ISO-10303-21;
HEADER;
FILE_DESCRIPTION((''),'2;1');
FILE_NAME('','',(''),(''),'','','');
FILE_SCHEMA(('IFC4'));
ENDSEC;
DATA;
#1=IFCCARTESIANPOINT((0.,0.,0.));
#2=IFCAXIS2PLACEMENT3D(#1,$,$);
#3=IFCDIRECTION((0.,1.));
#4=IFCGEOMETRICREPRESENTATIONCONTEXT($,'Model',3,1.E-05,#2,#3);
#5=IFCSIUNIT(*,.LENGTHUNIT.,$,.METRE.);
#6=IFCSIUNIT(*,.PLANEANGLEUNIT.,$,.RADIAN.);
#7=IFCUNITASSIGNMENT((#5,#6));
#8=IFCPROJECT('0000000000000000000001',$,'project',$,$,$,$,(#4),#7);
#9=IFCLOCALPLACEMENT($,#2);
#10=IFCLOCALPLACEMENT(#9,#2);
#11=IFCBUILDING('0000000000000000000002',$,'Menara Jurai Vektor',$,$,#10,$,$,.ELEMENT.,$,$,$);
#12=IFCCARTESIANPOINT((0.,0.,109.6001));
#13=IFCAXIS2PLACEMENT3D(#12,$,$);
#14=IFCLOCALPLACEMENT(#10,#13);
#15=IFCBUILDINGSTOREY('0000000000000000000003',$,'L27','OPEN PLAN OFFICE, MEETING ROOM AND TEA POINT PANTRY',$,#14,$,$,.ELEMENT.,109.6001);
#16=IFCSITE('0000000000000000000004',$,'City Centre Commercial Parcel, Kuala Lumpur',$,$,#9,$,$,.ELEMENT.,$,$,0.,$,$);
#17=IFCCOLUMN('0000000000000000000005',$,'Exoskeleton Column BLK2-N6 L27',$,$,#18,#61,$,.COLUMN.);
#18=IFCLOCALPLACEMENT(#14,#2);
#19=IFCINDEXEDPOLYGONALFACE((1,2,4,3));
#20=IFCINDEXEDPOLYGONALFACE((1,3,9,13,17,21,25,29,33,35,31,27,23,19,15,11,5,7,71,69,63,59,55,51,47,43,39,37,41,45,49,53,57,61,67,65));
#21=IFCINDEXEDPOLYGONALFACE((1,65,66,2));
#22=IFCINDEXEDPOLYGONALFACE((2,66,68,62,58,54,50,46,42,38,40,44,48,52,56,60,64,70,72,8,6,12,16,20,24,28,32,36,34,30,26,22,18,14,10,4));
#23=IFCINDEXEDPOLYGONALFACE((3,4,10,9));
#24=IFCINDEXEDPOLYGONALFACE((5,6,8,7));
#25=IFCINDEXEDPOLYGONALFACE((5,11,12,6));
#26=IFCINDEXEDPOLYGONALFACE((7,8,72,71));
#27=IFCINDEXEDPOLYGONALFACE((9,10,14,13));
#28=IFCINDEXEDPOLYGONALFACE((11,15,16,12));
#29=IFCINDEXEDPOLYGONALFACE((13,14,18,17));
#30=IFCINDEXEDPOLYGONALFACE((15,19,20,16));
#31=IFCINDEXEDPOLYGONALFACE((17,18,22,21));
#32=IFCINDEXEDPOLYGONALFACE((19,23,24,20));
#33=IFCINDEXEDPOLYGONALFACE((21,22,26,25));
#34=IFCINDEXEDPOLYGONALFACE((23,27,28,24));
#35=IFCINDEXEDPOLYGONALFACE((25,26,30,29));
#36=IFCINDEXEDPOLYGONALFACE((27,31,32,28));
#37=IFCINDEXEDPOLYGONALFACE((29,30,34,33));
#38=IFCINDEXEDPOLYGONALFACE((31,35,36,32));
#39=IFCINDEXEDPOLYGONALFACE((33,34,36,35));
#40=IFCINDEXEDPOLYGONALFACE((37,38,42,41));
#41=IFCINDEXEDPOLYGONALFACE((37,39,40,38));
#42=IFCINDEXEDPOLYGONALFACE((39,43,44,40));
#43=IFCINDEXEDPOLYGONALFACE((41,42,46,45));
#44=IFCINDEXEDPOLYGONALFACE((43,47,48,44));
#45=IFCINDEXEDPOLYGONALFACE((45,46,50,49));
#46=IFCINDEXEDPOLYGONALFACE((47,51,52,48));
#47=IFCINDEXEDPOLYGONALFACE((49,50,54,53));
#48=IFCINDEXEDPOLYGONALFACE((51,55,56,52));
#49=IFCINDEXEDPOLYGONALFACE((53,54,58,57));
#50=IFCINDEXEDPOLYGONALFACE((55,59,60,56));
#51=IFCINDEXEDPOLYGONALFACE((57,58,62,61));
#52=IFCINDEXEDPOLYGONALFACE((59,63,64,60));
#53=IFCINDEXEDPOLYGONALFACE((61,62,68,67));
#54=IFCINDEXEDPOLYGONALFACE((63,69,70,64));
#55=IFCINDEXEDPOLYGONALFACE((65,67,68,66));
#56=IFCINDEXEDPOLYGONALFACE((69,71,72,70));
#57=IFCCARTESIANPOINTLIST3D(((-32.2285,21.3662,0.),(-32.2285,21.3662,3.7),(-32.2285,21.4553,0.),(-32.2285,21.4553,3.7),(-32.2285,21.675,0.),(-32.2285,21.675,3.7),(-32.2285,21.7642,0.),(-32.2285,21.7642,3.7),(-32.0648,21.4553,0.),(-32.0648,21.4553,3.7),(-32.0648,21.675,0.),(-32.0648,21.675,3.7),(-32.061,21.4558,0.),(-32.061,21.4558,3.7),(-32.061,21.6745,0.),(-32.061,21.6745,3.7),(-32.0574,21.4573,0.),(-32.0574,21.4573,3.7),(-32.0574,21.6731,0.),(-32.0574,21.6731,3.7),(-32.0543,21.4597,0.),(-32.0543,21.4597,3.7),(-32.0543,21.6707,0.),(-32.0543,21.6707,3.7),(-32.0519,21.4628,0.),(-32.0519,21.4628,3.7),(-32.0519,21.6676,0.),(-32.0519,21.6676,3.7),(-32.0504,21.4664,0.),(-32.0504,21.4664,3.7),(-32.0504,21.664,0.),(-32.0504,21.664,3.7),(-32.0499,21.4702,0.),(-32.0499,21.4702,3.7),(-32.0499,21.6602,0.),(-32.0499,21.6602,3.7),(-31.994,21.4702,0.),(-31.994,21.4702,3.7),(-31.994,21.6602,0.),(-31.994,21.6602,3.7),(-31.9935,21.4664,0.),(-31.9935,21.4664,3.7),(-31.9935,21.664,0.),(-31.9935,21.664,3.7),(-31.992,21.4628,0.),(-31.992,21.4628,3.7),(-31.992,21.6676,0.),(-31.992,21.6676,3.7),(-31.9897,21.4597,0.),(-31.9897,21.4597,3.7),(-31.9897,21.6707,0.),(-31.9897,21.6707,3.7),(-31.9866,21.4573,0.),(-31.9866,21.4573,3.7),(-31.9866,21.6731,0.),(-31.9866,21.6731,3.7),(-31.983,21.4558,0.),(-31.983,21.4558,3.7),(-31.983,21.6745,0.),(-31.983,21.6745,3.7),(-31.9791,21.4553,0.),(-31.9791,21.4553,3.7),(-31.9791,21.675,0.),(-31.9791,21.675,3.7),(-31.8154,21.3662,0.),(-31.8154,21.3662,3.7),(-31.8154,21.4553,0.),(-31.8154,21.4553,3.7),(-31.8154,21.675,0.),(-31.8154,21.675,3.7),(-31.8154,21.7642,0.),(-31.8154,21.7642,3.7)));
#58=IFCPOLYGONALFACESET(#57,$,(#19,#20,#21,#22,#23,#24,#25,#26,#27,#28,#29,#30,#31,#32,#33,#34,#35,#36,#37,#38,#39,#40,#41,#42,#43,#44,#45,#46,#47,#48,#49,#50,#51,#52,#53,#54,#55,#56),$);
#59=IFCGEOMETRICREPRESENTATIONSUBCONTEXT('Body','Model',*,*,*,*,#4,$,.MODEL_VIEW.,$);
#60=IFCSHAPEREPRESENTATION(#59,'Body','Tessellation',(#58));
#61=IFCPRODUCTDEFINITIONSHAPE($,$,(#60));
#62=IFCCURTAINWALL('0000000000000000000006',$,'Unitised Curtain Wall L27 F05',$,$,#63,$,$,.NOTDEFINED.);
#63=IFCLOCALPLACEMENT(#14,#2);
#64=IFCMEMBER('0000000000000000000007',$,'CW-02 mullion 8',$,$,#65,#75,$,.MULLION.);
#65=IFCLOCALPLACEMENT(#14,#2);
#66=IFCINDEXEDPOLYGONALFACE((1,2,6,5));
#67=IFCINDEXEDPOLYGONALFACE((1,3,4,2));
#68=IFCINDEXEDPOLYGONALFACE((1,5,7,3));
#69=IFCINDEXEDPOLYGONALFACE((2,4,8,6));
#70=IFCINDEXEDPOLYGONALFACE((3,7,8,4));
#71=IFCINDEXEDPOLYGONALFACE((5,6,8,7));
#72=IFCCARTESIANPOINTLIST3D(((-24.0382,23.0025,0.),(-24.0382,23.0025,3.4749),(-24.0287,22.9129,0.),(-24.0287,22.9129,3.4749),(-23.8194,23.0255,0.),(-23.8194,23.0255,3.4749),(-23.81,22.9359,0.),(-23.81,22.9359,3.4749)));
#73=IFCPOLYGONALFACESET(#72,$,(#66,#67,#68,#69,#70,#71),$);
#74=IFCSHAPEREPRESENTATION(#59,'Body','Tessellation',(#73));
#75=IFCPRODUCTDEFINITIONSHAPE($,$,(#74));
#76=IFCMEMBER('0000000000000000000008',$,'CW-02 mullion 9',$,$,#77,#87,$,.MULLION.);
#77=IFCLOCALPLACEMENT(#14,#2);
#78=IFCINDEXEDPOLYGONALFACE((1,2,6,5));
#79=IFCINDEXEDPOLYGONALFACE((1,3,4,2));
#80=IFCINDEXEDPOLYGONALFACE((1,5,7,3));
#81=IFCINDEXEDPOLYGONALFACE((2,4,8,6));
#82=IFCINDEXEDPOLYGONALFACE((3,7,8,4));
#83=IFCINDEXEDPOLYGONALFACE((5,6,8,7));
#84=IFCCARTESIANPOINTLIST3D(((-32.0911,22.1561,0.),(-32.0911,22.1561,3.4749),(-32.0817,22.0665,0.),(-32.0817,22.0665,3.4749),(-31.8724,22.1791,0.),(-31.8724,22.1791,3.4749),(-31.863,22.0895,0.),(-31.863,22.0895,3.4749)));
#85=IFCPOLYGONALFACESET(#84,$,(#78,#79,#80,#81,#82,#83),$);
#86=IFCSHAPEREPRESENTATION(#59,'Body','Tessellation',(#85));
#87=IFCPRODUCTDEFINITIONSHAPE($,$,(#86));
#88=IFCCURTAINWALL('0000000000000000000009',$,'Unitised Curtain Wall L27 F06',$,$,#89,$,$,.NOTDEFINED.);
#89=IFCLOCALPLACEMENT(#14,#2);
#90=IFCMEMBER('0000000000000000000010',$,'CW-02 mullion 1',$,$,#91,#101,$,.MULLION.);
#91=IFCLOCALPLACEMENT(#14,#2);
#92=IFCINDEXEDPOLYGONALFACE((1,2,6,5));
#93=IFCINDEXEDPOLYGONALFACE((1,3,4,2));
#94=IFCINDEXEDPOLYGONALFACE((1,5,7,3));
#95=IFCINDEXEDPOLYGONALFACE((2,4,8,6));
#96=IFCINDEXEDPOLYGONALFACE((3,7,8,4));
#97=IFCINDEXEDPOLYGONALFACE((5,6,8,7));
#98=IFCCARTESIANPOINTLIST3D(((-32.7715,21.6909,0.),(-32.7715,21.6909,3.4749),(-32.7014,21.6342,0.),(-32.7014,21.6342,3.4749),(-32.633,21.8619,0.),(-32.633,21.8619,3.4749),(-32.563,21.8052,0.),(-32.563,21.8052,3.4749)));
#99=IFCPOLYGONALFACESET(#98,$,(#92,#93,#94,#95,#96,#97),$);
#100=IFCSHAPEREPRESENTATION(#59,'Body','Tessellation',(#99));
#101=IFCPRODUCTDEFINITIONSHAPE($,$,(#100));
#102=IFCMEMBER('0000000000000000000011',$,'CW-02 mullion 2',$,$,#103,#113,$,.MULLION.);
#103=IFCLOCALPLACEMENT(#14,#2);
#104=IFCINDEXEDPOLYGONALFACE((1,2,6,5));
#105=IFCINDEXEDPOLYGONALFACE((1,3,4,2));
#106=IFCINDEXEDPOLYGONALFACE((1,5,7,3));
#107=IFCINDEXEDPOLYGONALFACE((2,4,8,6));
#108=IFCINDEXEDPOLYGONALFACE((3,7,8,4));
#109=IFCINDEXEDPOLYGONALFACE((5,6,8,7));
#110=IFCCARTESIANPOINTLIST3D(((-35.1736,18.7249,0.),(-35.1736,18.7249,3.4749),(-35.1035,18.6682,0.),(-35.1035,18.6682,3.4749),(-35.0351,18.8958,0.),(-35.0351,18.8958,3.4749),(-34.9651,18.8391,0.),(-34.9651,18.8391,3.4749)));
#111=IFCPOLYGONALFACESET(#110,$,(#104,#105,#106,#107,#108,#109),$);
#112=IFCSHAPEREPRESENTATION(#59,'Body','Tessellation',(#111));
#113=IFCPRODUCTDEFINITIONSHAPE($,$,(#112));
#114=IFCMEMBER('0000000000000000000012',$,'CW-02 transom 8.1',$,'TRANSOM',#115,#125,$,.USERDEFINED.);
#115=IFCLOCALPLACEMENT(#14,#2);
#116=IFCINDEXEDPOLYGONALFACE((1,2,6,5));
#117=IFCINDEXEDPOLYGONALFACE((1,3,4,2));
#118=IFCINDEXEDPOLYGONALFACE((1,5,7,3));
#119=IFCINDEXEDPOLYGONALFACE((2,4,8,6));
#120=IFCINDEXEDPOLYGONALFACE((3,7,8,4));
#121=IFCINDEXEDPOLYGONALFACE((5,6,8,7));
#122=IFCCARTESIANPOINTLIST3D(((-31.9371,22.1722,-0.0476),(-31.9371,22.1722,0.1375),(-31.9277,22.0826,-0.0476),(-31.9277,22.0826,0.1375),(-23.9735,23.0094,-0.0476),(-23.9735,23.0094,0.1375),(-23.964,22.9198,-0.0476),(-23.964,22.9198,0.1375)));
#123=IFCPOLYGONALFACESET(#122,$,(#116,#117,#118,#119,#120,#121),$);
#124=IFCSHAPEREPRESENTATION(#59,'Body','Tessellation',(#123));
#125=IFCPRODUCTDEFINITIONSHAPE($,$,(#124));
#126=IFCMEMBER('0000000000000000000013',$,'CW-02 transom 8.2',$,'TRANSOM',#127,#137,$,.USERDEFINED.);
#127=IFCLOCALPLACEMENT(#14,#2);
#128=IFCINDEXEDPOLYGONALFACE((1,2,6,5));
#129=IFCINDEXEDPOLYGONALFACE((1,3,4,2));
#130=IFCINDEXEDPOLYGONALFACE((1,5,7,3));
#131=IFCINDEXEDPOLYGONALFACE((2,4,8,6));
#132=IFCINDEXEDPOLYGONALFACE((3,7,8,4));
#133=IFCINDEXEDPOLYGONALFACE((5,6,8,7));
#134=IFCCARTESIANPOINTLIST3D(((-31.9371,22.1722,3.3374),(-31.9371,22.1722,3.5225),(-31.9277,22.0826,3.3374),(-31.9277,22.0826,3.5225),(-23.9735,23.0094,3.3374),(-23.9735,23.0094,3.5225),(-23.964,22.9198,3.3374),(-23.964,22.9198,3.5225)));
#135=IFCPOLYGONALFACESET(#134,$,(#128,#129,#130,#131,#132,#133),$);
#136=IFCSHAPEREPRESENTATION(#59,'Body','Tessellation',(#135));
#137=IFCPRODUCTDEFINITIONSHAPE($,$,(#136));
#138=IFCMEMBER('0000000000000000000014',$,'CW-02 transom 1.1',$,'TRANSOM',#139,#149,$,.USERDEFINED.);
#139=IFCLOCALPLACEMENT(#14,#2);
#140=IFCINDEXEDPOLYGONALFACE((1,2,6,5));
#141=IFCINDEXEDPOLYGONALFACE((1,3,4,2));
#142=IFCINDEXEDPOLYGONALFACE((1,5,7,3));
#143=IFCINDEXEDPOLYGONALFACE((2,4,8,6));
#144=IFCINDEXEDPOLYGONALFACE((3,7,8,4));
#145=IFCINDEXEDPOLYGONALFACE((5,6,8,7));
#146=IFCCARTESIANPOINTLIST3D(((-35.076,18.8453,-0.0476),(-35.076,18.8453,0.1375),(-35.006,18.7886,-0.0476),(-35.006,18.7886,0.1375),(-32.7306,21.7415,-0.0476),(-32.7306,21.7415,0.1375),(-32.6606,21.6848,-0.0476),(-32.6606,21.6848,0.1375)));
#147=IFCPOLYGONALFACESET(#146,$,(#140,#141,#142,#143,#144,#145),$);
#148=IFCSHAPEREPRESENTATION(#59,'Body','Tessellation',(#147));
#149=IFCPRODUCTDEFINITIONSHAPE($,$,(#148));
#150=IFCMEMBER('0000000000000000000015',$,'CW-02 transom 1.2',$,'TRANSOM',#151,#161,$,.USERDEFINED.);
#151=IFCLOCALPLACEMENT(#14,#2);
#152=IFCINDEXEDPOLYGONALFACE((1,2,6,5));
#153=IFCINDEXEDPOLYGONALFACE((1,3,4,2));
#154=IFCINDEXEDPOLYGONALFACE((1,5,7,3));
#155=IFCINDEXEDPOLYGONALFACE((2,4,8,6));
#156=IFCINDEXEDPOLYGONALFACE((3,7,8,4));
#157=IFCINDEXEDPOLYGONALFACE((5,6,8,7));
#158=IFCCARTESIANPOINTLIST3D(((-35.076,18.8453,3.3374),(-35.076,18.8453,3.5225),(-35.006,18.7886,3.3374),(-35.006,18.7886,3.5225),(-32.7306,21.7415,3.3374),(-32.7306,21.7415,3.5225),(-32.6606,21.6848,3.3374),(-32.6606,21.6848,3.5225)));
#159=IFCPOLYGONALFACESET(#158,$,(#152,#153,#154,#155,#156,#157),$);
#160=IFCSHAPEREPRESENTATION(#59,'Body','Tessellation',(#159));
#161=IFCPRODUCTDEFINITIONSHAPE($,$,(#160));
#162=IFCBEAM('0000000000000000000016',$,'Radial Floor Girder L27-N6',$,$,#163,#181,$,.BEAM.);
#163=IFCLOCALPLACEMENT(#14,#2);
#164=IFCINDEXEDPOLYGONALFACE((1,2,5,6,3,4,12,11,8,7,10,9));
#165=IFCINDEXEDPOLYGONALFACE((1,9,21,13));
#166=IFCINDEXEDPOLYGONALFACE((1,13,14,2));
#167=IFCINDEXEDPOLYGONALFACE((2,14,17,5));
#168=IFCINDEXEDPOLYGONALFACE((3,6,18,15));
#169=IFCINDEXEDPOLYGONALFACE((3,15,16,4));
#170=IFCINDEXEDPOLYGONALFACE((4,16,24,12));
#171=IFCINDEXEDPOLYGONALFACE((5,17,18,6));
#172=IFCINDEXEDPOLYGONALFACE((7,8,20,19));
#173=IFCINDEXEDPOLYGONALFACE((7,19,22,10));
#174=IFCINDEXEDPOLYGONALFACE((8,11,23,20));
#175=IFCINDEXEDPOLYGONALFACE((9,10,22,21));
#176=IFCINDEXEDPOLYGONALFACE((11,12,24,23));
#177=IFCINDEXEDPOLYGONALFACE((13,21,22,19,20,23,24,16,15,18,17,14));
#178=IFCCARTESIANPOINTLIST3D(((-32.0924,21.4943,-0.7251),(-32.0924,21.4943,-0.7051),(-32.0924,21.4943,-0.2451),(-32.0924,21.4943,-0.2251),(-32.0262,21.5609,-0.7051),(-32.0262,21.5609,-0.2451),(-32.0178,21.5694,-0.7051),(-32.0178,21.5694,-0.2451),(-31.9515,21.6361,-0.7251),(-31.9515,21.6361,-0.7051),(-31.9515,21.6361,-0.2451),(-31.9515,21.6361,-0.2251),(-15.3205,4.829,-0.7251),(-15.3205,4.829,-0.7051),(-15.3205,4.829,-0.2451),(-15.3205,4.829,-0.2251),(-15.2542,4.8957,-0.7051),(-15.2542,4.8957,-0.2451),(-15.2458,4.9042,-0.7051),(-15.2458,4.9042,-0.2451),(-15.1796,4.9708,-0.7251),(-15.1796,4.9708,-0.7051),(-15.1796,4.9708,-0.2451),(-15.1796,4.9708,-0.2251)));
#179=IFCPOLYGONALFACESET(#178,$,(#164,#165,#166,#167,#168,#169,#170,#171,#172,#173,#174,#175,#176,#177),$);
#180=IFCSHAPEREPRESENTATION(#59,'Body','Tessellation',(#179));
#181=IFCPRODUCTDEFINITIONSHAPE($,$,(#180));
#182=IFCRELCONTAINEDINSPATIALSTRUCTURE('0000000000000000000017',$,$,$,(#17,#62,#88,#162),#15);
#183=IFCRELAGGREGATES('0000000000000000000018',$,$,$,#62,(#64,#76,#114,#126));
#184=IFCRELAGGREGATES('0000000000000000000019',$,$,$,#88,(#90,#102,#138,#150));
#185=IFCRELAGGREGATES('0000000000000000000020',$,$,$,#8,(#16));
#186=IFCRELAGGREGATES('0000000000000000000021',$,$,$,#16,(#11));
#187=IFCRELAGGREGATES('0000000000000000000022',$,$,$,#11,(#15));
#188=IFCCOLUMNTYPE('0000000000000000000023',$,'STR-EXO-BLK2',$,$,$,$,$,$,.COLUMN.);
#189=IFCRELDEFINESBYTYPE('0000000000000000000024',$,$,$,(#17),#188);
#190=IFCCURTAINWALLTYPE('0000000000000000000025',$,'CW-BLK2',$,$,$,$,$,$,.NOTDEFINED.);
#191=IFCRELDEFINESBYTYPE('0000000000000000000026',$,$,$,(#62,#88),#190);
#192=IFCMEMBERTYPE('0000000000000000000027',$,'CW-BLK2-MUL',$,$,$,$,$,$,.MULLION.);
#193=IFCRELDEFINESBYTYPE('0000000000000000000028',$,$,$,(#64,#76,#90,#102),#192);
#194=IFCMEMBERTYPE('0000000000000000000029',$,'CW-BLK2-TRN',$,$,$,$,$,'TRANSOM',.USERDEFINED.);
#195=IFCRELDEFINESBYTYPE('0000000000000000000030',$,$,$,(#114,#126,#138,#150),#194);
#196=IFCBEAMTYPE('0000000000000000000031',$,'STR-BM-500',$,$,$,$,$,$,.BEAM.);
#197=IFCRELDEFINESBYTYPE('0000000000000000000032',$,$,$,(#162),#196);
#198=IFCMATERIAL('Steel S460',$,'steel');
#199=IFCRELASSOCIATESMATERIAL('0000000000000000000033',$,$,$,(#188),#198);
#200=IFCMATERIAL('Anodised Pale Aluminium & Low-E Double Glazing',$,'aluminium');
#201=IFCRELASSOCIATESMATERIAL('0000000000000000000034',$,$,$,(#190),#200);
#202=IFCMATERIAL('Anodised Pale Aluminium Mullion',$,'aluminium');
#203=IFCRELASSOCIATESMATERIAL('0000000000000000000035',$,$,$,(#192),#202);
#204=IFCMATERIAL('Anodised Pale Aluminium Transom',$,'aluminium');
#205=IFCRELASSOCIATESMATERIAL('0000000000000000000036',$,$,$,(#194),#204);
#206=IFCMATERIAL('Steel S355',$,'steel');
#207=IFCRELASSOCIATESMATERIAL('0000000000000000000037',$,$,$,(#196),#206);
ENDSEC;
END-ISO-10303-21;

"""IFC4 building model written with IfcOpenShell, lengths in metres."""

from ifc_helpers import new_model, si_unit, direction, frame, origin, origin_2d, place, context, subcontext, project, spatial, rectangle, i_section, extrude, material, material_profile, profile_set, type_object, element, aggregate, save


model = new_model("IFC4")

# Units and contexts
model_context = context("Model", 3, precision=1e-05, world=origin(), true_north=direction((0.0, 1.0)))
body_context = subcontext(model_context, "Body", "Model", "MODEL_VIEW")
ifc_project = project(units=[si_unit("LENGTHUNIT", "METRE"), si_unit("PLANEANGLEUNIT", "RADIAN")], contexts=[model_context])

# Site, building, storey
site_placement = place(None, origin())
site = spatial("IfcSite", under=ifc_project, at=site_placement, Name="City Centre Commercial Parcel, Kuala Lumpur", CompositionType="ELEMENT", RefElevation=0.0)
building_placement = place(site_placement, origin())
building = spatial("IfcBuilding", under=site, at=building_placement, Name="Menara Jurai Vektor", CompositionType="ELEMENT")
storey_placement = place(building_placement, frame((0.0, 0.0, 109.6001)))
storey = spatial("IfcBuildingStorey", under=building, at=storey_placement, Name="L27", Description="OPEN PLAN OFFICE, MEETING ROOM AND TEA POINT PANTRY", CompositionType="ELEMENT", Elevation=109.6001)

# Column
ifc_material_1 = material(Name="Steel S460", Category="steel")
ifc_material_profile_1 = material_profile(ifc_material_1, i_section(OverallWidth=0.4131, OverallDepth=0.3979, WebThickness=0.0559, FlangeThickness=0.0891, FilletRadius=0.0149, at=origin_2d()), Name="HD 400x744")
ifc_profile_set_1 = profile_set([ifc_material_profile_1], Name="Steel S460")
column_type = type_object("IfcColumnType", Name="STR-EXO-BLK2", PredefinedType="COLUMN", material=ifc_profile_set_1)
column_placement = place(storey_placement, frame((-32.022, 21.5652, 0.0), z_axis=(0.0, 0.0, 1.0), x_axis=(1.0, 0.0, 0.0)))
element("IfcColumn", 1, at=column_placement, inside=storey, type_object=column_type, Name="Exoskeleton Column BLK2-N6 L27", PredefinedType="COLUMN", context=body_context, shape_type="SweptSolid", body=[
    extrude(i_section(OverallWidth=0.4131, OverallDepth=0.3979, WebThickness=0.0559, FlangeThickness=0.0891, FilletRadius=0.0149, at=origin_2d()), origin(), (0.0, 0.0, 1.0), 3.7),
])

# Curtain walls, members
ifc_material_2 = material(Name="Anodised Pale Aluminium & Low-E Double Glazing", Category="aluminium")
curtain_wall_type = type_object("IfcCurtainWallType", Name="CW-BLK2", PredefinedType="NOTDEFINED", material=ifc_material_2)
curtain_wall_1_placement = place(storey_placement, origin())
curtain_wall_1 = element("IfcCurtainWall", 2, at=curtain_wall_1_placement, inside=storey, type_object=curtain_wall_type, Name="Unitised Curtain Wall L27 F05", PredefinedType="NOTDEFINED")
ifc_material_3 = material(Name="Anodised Pale Aluminium Mullion", Category="aluminium")
ifc_material_profile_2 = material_profile(ifc_material_3, rectangle(XDim=0.0901, YDim=0.22, at=origin_2d()), Name="ALU MUL 90x220")
ifc_profile_set_2 = profile_set([ifc_material_profile_2], Name="Anodised Pale Aluminium Mullion")
member_type_1 = type_object("IfcMemberType", Name="CW-BLK2-MUL", PredefinedType="MULLION", material=ifc_profile_set_2)
member_1_placement = place(storey_placement, frame((-23.9241, 22.9692, 0.0), z_axis=(0.0, 0.0, 1.0), x_axis=(0.104529, -0.994522, 0.0)))
member_1 = element("IfcMember", 3, at=member_1_placement, type_object=member_type_1, Name="CW-02 mullion 8", PredefinedType="MULLION", context=body_context, shape_type="SweptSolid", body=[
    extrude(rectangle(XDim=0.0901, YDim=0.22, at=origin_2d()), origin(), (0.0, 0.0, 1.0), 3.4749),
])
member_2_placement = place(storey_placement, frame((-31.9771, 22.1228, 0.0), z_axis=(0.0, 0.0, 1.0), x_axis=(0.104529, -0.994522, 0.0)))
member_2 = element("IfcMember", 4, at=member_2_placement, type_object=member_type_1, Name="CW-02 mullion 9", PredefinedType="MULLION", context=body_context, shape_type="SweptSolid", body=[
    extrude(rectangle(XDim=0.0901, YDim=0.22, at=origin_2d()), origin(), (0.0, 0.0, 1.0), 3.4749),
])
curtain_wall_2_placement = place(storey_placement, origin())
curtain_wall_2 = element("IfcCurtainWall", 5, at=curtain_wall_2_placement, inside=storey, type_object=curtain_wall_type, Name="Unitised Curtain Wall L27 F06", PredefinedType="NOTDEFINED")
member_3_placement = place(storey_placement, frame((-32.6672, 21.748, 0.0), z_axis=(0.0, 0.0, 1.0), x_axis=(0.777129, -0.629341, 0.0)))
member_3 = element("IfcMember", 6, at=member_3_placement, type_object=member_type_1, Name="CW-02 mullion 1", PredefinedType="MULLION", context=body_context, shape_type="SweptSolid", body=[
    extrude(rectangle(XDim=0.0901, YDim=0.22, at=origin_2d()), origin(), (0.0, 0.0, 1.0), 3.4749),
])
member_4_placement = place(storey_placement, frame((-35.0693, 18.782, 0.0), z_axis=(0.0, 0.0, 1.0), x_axis=(0.777129, -0.629341, 0.0)))
member_4 = element("IfcMember", 7, at=member_4_placement, type_object=member_type_1, Name="CW-02 mullion 2", PredefinedType="MULLION", context=body_context, shape_type="SweptSolid", body=[
    extrude(rectangle(XDim=0.0901, YDim=0.22, at=origin_2d()), origin(), (0.0, 0.0, 1.0), 3.4749),
])

# Members
ifc_material_4 = material(Name="Anodised Pale Aluminium Transom", Category="aluminium")
ifc_material_profile_3 = material_profile(ifc_material_4, rectangle(XDim=0.0901, YDim=0.1851, at=origin_2d()), Name="ALU TRN 90x185")
ifc_profile_set_3 = profile_set([ifc_material_profile_3], Name="Anodised Pale Aluminium Transom")
member_type_2 = type_object("IfcMemberType", Name="CW-BLK2-TRN", ElementType="TRANSOM", PredefinedType="USERDEFINED", material=ifc_profile_set_3)
member_5_placement = place(storey_placement, frame((-23.9688, 22.9646, 0.0449), z_axis=(-0.99452, -0.104547, 0.0), x_axis=(0.104547, -0.99452, 0.0)))
member_5 = element("IfcMember", 8, at=member_5_placement, type_object=member_type_2, Name="CW-02 transom 8.1", ObjectType="TRANSOM", PredefinedType="USERDEFINED", context=body_context, shape_type="SweptSolid", body=[
    extrude(rectangle(XDim=0.0901, YDim=0.1851, at=origin_2d()), origin(), (0.0, 0.0, 1.0), 8.0076),
])
member_6_placement = place(storey_placement, frame((-23.9688, 22.9646, 3.4299), z_axis=(-0.99452, -0.104547, 0.0), x_axis=(0.104547, -0.99452, 0.0)))
member_6 = element("IfcMember", 9, at=member_6_placement, type_object=member_type_2, Name="CW-02 transom 8.2", ObjectType="TRANSOM", PredefinedType="USERDEFINED", context=body_context, shape_type="SweptSolid", body=[
    extrude(rectangle(XDim=0.0901, YDim=0.1851, at=origin_2d()), origin(), (0.0, 0.0, 1.0), 8.0076),
])
member_7_placement = place(storey_placement, frame((-32.6956, 21.7131, 0.0449), z_axis=(-0.629341, -0.777129, 0.0), x_axis=(0.777129, -0.629341, 0.0)))
member_7 = element("IfcMember", 10, at=member_7_placement, type_object=member_type_2, Name="CW-02 transom 1.1", ObjectType="TRANSOM", PredefinedType="USERDEFINED", context=body_context, shape_type="SweptSolid", body=[
    extrude(rectangle(XDim=0.0901, YDim=0.1851, at=origin_2d()), origin(), (0.0, 0.0, 1.0), 3.7268),
])
member_8_placement = place(storey_placement, frame((-32.6956, 21.7131, 3.4299), z_axis=(-0.629341, -0.777129, 0.0), x_axis=(0.777129, -0.629341, 0.0)))
member_8 = element("IfcMember", 11, at=member_8_placement, type_object=member_type_2, Name="CW-02 transom 1.2", ObjectType="TRANSOM", PredefinedType="USERDEFINED", context=body_context, shape_type="SweptSolid", body=[
    extrude(rectangle(XDim=0.0901, YDim=0.1851, at=origin_2d()), origin(), (0.0, 0.0, 1.0), 3.7268),
])

# Beam
ifc_material_5 = material(Name="Steel S355", Category="steel")
ifc_material_profile_4 = material_profile(ifc_material_5, i_section(OverallWidth=0.2, OverallDepth=0.5, WebThickness=0.012, FlangeThickness=0.02, at=origin_2d()), Name="PG 500x200x96")
ifc_profile_set_4 = profile_set([ifc_material_profile_4], Name="Steel S355")
beam_type_1 = type_object("IfcBeamType", Name="STR-BM-500", PredefinedType="BEAM", material=ifc_profile_set_4)
beam_1_placement = place(storey_placement, frame((-32.022, 21.5652, -0.4751), z_axis=(0.709359, -0.704847, 0.0), x_axis=(0.704847, 0.709359, 0.0)))
element("IfcBeam", 12, at=beam_1_placement, inside=storey, type_object=beam_type_1, Name="Radial Floor Girder L27-N6", PredefinedType="BEAM", context=body_context, shape_type="SweptSolid", body=[
    extrude(i_section(OverallWidth=0.2, OverallDepth=0.5, WebThickness=0.012, FlangeThickness=0.02, at=origin_2d()), origin(), (0.0, 0.0, 1.0), 23.6438),
])

aggregate(curtain_wall_1, [member_1, member_2, member_5, member_6])
aggregate(curtain_wall_2, [member_3, member_4, member_7, member_8])

save(model, "model.ifc")
